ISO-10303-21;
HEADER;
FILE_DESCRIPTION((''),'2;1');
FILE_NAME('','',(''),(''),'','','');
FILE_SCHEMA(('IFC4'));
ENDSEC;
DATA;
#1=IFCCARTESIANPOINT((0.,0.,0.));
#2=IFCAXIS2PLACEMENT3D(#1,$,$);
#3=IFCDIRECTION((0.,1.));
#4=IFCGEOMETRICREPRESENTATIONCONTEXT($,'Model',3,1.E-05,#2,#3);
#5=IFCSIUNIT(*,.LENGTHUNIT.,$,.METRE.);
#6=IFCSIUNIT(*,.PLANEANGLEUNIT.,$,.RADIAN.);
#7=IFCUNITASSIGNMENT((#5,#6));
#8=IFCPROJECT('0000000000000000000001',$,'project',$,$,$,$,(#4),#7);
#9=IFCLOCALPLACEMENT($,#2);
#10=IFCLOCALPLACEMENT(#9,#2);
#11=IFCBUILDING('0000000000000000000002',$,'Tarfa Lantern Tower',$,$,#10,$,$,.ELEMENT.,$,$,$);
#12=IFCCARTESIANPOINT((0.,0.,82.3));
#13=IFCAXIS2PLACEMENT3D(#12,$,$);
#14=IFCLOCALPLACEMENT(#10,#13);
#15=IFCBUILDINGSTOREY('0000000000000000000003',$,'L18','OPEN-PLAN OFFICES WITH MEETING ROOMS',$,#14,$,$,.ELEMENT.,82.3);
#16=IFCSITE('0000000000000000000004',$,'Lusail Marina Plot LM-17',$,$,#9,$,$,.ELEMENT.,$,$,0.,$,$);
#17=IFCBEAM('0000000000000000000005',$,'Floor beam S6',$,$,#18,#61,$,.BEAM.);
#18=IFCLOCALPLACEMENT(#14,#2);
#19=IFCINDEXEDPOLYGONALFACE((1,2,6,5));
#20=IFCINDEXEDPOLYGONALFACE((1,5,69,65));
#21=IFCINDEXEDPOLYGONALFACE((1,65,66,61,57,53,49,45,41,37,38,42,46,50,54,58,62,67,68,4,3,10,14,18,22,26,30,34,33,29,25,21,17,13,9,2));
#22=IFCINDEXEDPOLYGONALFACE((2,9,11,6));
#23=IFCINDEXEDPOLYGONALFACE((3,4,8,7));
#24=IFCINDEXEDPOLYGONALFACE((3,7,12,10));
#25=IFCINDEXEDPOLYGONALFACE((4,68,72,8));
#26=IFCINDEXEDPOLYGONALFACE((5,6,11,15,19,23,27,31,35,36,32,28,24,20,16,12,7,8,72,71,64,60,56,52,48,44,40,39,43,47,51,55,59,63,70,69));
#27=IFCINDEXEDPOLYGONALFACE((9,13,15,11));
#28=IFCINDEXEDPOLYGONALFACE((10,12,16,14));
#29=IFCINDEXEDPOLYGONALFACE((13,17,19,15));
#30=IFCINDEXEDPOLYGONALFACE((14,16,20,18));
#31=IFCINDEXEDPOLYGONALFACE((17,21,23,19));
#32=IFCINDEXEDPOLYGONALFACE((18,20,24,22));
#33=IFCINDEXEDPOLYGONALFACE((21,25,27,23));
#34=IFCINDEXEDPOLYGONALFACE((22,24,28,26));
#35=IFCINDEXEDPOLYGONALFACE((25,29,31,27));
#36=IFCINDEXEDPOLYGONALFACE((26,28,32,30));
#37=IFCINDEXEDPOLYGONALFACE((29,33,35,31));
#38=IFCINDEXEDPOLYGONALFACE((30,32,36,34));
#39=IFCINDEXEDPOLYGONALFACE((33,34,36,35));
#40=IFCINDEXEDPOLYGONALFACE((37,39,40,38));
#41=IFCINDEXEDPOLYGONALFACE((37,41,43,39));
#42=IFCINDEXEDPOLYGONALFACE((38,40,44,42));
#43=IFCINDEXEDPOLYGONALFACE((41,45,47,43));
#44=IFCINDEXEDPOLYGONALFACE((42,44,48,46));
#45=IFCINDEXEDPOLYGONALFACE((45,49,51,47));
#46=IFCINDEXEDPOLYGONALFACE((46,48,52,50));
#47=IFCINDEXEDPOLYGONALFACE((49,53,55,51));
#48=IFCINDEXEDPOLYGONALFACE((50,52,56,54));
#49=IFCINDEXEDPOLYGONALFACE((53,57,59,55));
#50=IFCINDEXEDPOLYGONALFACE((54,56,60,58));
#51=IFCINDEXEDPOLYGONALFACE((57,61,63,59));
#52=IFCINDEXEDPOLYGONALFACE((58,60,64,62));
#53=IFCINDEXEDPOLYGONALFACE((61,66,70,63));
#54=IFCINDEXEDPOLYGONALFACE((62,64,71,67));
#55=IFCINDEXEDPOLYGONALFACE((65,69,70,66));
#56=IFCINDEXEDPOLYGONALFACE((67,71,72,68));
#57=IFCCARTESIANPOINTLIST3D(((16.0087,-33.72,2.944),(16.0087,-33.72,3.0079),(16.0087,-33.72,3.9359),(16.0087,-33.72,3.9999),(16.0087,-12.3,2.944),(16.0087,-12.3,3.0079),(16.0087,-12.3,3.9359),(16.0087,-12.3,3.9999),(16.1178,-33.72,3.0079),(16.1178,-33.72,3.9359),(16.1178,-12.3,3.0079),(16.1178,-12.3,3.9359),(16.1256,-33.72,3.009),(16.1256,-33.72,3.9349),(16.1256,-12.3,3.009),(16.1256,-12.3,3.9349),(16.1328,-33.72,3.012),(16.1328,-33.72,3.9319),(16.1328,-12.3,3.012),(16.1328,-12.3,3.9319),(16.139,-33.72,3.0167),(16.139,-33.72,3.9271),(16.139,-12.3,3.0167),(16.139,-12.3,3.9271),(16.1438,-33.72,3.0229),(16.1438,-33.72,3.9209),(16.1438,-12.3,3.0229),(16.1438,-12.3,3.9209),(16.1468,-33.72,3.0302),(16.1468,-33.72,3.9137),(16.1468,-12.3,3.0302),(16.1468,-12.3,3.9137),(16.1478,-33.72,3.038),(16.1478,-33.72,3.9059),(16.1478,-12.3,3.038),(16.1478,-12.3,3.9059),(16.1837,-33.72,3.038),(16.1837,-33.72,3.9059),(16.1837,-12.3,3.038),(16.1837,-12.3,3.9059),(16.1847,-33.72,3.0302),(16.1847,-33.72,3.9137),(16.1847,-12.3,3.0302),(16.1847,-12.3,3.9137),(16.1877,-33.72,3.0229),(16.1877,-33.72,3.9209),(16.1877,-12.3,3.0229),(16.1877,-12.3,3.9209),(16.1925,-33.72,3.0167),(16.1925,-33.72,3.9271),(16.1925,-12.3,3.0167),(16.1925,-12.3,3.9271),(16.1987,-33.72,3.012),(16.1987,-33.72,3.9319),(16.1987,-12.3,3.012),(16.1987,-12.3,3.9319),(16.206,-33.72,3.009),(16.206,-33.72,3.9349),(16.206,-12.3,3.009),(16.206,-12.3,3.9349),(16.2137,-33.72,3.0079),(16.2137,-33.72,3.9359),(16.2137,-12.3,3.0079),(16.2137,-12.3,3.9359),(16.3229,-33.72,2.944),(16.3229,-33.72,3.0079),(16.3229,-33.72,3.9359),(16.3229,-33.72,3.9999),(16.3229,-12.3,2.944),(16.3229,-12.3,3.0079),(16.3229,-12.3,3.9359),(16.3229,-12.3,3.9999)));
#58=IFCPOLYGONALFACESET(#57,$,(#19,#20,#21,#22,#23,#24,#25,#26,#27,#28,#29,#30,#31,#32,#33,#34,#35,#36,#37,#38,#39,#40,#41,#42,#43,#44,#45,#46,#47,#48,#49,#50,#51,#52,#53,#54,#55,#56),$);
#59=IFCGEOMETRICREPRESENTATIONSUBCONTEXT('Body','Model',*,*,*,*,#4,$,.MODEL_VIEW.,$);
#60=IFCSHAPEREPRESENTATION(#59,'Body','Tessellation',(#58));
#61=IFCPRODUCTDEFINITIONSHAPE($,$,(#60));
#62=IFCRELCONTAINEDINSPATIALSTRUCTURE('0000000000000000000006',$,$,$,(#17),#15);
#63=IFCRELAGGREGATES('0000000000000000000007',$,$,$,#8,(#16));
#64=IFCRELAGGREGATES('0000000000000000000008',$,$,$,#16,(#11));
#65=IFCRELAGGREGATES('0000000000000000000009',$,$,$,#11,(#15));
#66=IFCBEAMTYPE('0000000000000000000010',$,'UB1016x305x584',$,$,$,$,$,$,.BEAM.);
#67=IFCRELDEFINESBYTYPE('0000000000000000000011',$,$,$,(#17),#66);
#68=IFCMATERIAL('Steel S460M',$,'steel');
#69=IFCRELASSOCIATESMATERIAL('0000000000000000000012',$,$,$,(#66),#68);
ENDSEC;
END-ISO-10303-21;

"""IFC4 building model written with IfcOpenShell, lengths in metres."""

from ifc_helpers import new_model, si_unit, direction, frame, origin, origin_2d, place, context, subcontext, project, spatial, i_section, extrude, material, material_profile, profile_set, type_object, element, save


model = new_model("IFC4")

# Units and contexts
model_context = context("Model", 3, precision=1e-05, world=origin(), true_north=direction((0.0, 1.0)))
body_context = subcontext(model_context, "Body", "Model", "MODEL_VIEW")
ifc_project = project(units=[si_unit("LENGTHUNIT", "METRE"), si_unit("PLANEANGLEUNIT", "RADIAN")], contexts=[model_context])

# Site, building, storey
site_placement = place(None, origin())
site = spatial("IfcSite", under=ifc_project, at=site_placement, Name="Lusail Marina Plot LM-17", CompositionType="ELEMENT", RefElevation=0.0)
building_placement = place(site_placement, origin())
building = spatial("IfcBuilding", under=site, at=building_placement, Name="Tarfa Lantern Tower", CompositionType="ELEMENT")
storey_placement = place(building_placement, frame((0.0, 0.0, 82.3)))
storey = spatial("IfcBuildingStorey", under=building, at=storey_placement, Name="L18", Description="OPEN-PLAN OFFICES WITH MEETING ROOMS", CompositionType="ELEMENT", Elevation=82.3)

# Beam
ifc_material_1 = material(Name="Steel S460M", Category="steel")
ifc_material_profile_1 = material_profile(ifc_material_1, i_section(OverallWidth=0.3142, OverallDepth=1.0559, WebThickness=0.0359, FlangeThickness=0.064, FilletRadius=0.03, at=origin_2d()), Name="UB1016x305x584")
ifc_profile_set_1 = profile_set([ifc_material_profile_1], Name="Steel S460M")
beam_type_1 = type_object("IfcBeamType", Name="UB1016x305x584", PredefinedType="BEAM", material=ifc_profile_set_1)
beam_1_placement = place(storey_placement, frame((16.1658, -33.72, 3.4719), z_axis=(0.0, 1.0, 0.0), x_axis=(-1.0, 0.0, 0.0)))
element("IfcBeam", 1, at=beam_1_placement, inside=storey, type_object=beam_type_1, Name="Floor beam S6", PredefinedType="BEAM", context=body_context, shape_type="SweptSolid", body=[
    extrude(i_section(OverallWidth=0.3142, OverallDepth=1.0559, WebThickness=0.0359, FlangeThickness=0.064, FilletRadius=0.03, at=origin_2d()), origin(), (0.0, 0.0, 1.0), 21.4199),
])

save(model, "model.ifc")
